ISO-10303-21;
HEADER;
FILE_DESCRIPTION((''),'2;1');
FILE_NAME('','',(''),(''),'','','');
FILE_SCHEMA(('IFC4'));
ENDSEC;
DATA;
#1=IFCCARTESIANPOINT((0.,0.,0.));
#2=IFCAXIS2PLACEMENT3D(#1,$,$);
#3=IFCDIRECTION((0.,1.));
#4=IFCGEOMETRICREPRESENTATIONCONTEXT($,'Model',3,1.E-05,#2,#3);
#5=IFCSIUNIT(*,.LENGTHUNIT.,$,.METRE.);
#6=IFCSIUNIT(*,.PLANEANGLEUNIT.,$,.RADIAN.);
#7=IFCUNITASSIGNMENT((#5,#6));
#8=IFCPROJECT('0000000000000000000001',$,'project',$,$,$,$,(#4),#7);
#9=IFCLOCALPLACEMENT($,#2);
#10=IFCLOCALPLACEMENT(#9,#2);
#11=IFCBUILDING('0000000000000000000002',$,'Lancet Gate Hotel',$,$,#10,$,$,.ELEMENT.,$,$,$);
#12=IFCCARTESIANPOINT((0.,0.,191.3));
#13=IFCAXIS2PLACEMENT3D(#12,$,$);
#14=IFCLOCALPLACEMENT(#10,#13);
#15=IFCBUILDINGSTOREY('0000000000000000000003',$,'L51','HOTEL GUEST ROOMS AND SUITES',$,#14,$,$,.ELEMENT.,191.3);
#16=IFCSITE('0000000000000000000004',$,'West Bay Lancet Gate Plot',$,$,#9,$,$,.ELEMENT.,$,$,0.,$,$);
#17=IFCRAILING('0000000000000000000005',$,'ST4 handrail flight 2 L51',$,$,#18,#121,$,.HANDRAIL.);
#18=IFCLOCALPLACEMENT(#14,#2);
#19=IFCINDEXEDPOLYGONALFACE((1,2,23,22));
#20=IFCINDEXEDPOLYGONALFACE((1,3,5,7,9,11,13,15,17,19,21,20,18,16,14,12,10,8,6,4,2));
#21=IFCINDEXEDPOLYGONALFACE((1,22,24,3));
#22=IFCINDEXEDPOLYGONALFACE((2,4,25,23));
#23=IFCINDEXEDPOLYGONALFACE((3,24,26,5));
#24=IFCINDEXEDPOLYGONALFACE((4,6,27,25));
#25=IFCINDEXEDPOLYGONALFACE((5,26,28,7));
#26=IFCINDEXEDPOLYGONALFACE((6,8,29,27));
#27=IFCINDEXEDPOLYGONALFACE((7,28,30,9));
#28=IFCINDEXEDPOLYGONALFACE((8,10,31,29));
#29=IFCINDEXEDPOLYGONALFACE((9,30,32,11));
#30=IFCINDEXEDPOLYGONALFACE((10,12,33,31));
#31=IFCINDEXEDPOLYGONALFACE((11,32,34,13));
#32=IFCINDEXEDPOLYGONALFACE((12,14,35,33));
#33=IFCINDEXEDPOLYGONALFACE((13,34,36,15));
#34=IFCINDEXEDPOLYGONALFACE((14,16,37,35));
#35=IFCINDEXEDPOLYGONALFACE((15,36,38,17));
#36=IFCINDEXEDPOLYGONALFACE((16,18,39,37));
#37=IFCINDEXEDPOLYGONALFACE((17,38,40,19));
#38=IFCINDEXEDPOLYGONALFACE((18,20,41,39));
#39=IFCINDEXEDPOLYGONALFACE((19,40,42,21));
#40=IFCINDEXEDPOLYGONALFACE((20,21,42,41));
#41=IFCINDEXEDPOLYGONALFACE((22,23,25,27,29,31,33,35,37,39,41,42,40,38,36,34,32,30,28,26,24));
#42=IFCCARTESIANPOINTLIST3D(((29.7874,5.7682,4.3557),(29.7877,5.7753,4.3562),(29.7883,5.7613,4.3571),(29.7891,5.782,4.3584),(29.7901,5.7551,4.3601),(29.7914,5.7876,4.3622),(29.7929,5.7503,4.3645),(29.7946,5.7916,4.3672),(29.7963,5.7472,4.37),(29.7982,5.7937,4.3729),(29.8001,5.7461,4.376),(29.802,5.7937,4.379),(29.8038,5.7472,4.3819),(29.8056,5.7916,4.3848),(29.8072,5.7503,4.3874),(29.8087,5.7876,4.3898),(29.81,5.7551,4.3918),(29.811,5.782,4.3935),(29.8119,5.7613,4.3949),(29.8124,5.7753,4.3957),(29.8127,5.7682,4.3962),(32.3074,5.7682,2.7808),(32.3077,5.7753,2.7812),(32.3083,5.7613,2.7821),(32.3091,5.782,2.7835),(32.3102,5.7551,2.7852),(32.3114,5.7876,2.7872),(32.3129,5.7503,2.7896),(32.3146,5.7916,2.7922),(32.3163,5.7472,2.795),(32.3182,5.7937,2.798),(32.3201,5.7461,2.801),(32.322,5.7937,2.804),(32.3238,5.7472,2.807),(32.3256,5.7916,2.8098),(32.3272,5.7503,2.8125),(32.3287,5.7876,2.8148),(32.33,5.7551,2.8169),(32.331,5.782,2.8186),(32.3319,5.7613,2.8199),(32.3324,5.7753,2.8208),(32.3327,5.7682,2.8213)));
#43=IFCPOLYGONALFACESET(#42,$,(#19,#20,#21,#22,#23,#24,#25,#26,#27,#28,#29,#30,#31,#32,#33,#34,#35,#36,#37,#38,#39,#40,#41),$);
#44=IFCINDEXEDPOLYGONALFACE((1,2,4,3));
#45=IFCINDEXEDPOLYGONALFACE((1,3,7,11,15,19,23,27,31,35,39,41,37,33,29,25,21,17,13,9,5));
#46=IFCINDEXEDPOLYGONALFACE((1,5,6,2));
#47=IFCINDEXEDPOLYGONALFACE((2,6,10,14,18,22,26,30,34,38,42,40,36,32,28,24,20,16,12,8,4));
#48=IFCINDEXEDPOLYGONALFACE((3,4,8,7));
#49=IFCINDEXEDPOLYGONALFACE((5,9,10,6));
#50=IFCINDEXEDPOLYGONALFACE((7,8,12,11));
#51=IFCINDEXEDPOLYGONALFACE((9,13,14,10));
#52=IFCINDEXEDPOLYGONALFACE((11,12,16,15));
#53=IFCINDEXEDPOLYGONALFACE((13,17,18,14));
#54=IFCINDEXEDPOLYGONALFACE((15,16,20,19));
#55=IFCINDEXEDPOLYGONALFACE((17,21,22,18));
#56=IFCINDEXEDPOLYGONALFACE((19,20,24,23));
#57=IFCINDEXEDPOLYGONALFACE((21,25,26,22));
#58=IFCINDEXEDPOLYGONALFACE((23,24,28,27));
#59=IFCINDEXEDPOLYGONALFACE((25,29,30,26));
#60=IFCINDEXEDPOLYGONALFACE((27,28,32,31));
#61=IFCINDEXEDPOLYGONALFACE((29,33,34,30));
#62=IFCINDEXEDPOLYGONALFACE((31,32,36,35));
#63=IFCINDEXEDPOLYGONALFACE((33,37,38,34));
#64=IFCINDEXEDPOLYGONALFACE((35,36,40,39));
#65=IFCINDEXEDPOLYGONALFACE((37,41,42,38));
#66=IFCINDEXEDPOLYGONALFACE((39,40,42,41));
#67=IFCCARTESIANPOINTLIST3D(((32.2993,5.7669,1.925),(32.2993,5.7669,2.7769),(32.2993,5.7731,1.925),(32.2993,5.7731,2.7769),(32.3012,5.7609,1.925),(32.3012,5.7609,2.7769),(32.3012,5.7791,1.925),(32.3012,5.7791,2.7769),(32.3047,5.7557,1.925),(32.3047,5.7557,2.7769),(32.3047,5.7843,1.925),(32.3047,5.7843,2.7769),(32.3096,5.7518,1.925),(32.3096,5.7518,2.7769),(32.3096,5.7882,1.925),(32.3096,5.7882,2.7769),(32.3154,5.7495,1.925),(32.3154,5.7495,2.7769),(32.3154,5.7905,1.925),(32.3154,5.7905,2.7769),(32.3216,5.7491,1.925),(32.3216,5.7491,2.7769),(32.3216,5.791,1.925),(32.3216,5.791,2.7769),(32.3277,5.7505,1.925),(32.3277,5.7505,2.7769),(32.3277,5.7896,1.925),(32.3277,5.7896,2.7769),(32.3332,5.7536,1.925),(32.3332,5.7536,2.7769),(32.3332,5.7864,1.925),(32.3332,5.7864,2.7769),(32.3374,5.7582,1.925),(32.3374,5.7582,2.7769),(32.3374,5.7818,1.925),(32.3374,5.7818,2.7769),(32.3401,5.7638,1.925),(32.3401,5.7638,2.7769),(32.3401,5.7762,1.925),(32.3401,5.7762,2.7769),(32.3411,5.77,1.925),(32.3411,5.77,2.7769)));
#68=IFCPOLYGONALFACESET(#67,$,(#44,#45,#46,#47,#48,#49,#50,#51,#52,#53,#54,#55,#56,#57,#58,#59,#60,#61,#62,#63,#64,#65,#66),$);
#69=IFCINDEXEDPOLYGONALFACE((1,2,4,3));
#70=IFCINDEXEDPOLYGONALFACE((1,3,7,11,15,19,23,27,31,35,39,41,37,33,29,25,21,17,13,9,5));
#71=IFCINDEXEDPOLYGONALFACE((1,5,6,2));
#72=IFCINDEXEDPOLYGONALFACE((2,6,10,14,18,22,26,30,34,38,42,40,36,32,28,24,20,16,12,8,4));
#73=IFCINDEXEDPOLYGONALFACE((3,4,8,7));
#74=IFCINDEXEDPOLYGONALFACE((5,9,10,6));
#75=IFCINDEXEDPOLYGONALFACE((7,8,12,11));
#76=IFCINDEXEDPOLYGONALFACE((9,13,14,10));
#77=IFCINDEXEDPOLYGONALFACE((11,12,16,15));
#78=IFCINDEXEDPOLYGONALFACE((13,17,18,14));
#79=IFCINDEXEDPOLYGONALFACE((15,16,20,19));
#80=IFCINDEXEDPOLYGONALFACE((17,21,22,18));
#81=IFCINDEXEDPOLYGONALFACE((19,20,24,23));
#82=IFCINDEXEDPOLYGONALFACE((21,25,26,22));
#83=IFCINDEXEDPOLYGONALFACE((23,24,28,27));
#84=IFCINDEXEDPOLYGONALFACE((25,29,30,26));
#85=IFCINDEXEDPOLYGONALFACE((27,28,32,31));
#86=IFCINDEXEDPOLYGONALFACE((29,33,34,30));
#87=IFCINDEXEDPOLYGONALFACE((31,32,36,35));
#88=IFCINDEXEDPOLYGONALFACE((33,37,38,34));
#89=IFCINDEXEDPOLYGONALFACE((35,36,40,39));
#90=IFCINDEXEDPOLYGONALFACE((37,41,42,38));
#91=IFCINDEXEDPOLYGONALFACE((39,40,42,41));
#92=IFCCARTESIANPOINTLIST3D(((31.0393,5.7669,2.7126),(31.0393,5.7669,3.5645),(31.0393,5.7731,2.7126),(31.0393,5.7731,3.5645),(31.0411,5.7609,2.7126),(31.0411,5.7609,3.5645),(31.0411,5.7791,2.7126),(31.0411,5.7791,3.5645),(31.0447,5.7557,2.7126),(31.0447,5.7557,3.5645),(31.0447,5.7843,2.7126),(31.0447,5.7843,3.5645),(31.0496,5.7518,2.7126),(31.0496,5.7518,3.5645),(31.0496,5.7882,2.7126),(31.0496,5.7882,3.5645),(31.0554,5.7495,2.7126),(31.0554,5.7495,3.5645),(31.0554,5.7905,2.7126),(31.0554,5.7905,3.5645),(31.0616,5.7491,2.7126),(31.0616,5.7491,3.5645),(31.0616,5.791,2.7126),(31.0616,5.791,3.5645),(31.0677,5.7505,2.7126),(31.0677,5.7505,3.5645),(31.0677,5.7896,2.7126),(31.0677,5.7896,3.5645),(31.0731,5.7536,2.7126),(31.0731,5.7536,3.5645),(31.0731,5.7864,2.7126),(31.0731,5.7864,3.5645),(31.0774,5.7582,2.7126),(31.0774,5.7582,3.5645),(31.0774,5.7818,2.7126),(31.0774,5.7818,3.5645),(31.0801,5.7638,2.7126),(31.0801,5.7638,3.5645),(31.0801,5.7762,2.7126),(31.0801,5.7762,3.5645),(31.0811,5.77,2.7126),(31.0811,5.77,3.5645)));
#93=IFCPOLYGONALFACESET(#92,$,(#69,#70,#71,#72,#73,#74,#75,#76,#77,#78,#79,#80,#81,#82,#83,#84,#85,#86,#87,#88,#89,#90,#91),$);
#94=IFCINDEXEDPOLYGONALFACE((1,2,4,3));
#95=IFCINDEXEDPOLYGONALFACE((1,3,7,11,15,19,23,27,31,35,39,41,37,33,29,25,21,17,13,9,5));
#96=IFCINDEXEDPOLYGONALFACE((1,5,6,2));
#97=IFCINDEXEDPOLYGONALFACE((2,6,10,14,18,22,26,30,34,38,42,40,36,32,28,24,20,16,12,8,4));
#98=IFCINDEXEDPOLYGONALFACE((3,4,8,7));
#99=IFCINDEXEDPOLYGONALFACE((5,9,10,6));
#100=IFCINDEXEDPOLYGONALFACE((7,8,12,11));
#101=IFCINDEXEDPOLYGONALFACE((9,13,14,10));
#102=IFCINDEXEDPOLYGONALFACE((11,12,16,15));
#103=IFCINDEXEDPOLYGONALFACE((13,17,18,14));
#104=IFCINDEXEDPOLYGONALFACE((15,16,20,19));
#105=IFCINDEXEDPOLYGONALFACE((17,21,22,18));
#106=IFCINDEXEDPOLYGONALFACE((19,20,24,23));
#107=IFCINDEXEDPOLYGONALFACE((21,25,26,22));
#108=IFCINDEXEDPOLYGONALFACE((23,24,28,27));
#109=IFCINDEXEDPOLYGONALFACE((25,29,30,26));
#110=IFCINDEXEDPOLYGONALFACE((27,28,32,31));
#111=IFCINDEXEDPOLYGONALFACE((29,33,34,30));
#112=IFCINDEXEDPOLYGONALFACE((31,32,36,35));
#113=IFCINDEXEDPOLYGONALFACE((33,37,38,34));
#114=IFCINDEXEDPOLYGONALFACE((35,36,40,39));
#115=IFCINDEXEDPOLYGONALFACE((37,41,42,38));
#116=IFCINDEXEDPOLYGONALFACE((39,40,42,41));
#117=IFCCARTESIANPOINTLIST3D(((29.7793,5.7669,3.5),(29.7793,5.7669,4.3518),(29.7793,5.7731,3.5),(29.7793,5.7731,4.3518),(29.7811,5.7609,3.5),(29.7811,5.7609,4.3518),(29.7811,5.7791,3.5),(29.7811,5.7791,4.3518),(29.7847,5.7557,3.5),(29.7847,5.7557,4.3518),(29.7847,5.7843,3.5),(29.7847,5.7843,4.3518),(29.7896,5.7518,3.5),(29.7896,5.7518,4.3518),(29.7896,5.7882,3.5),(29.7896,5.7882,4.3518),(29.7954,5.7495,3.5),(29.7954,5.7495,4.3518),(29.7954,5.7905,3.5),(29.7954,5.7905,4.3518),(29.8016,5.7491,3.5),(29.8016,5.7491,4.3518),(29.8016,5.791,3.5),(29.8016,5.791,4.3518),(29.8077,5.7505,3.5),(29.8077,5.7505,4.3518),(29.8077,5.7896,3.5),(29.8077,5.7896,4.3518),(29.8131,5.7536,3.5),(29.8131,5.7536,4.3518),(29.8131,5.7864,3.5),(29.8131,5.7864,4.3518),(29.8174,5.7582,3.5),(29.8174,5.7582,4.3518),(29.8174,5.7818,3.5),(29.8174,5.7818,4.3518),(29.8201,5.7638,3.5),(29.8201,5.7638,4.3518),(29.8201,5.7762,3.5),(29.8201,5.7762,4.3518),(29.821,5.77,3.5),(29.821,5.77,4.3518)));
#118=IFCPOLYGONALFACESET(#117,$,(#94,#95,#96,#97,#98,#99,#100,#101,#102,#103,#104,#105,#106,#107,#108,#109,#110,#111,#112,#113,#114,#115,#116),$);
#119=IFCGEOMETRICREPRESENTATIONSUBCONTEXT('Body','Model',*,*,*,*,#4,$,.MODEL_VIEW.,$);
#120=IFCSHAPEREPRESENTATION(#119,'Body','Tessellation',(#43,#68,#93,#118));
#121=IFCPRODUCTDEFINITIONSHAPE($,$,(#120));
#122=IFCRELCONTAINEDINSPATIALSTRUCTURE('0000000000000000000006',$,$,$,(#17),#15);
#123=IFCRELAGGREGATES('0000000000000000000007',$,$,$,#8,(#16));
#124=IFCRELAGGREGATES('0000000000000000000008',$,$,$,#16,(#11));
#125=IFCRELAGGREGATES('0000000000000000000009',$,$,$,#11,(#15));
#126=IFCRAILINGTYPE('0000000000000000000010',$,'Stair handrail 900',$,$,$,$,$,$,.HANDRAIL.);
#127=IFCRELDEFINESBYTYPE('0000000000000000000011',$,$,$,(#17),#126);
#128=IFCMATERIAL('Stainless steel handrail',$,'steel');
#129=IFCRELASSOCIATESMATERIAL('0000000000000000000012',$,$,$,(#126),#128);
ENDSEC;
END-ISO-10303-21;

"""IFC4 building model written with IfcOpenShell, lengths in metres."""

from ifc_helpers import new_model, si_unit, direction, frame, origin, origin_2d, place, context, subcontext, project, spatial, circle, extrude, material, type_object, element, save


model = new_model("IFC4")

# Units and contexts
model_context = context("Model", 3, precision=1e-05, world=origin(), true_north=direction((0.0, 1.0)))
body_context = subcontext(model_context, "Body", "Model", "MODEL_VIEW")
ifc_project = project(units=[si_unit("LENGTHUNIT", "METRE"), si_unit("PLANEANGLEUNIT", "RADIAN")], contexts=[model_context])

# Site, building, storey
site_placement = place(None, origin())
site = spatial("IfcSite", under=ifc_project, at=site_placement, Name="West Bay Lancet Gate Plot", CompositionType="ELEMENT", RefElevation=0.0)
building_placement = place(site_placement, origin())
building = spatial("IfcBuilding", under=site, at=building_placement, Name="Lancet Gate Hotel", CompositionType="ELEMENT")
storey_placement = place(building_placement, frame((0.0, 0.0, 191.3)))
storey = spatial("IfcBuildingStorey", under=building, at=storey_placement, Name="L51", Description="HOTEL GUEST ROOMS AND SUITES", CompositionType="ELEMENT", Elevation=191.3)

# Railing
ifc_material_1 = material(Name="Stainless steel handrail", Category="steel")
railing_type = type_object("IfcRailingType", Name="Stair handrail 900", PredefinedType="HANDRAIL", material=ifc_material_1)
railing_1_placement = place(storey_placement, frame((32.3201, 5.77, 1.925)))
element("IfcRailing", 1, at=railing_1_placement, inside=storey, type_object=railing_type, Name="ST4 handrail flight 2 L51", PredefinedType="HANDRAIL", context=body_context, shape_type="SweptSolid", body=[
    extrude(circle(Radius=0.0239, at=origin_2d()), frame((0.0, 0.0, 0.876), z_axis=(-0.848008, 0.0, 0.529984), x_axis=(0.0, -1.0, 0.0)), (0.0, 0.0, 1.0), 2.9717),
    extrude(circle(Radius=0.021, at=origin_2d()), origin(), (0.0, 0.0, 1.0), 0.8518),
    extrude(circle(Radius=0.021, at=origin_2d()), frame((-1.26, 0.0, 0.7876)), (0.0, 0.0, 1.0), 0.8518),
    extrude(circle(Radius=0.021, at=origin_2d()), frame((-2.52, 0.0, 1.575)), (0.0, 0.0, 1.0), 0.8518),
])

save(model, "model.ifc")
